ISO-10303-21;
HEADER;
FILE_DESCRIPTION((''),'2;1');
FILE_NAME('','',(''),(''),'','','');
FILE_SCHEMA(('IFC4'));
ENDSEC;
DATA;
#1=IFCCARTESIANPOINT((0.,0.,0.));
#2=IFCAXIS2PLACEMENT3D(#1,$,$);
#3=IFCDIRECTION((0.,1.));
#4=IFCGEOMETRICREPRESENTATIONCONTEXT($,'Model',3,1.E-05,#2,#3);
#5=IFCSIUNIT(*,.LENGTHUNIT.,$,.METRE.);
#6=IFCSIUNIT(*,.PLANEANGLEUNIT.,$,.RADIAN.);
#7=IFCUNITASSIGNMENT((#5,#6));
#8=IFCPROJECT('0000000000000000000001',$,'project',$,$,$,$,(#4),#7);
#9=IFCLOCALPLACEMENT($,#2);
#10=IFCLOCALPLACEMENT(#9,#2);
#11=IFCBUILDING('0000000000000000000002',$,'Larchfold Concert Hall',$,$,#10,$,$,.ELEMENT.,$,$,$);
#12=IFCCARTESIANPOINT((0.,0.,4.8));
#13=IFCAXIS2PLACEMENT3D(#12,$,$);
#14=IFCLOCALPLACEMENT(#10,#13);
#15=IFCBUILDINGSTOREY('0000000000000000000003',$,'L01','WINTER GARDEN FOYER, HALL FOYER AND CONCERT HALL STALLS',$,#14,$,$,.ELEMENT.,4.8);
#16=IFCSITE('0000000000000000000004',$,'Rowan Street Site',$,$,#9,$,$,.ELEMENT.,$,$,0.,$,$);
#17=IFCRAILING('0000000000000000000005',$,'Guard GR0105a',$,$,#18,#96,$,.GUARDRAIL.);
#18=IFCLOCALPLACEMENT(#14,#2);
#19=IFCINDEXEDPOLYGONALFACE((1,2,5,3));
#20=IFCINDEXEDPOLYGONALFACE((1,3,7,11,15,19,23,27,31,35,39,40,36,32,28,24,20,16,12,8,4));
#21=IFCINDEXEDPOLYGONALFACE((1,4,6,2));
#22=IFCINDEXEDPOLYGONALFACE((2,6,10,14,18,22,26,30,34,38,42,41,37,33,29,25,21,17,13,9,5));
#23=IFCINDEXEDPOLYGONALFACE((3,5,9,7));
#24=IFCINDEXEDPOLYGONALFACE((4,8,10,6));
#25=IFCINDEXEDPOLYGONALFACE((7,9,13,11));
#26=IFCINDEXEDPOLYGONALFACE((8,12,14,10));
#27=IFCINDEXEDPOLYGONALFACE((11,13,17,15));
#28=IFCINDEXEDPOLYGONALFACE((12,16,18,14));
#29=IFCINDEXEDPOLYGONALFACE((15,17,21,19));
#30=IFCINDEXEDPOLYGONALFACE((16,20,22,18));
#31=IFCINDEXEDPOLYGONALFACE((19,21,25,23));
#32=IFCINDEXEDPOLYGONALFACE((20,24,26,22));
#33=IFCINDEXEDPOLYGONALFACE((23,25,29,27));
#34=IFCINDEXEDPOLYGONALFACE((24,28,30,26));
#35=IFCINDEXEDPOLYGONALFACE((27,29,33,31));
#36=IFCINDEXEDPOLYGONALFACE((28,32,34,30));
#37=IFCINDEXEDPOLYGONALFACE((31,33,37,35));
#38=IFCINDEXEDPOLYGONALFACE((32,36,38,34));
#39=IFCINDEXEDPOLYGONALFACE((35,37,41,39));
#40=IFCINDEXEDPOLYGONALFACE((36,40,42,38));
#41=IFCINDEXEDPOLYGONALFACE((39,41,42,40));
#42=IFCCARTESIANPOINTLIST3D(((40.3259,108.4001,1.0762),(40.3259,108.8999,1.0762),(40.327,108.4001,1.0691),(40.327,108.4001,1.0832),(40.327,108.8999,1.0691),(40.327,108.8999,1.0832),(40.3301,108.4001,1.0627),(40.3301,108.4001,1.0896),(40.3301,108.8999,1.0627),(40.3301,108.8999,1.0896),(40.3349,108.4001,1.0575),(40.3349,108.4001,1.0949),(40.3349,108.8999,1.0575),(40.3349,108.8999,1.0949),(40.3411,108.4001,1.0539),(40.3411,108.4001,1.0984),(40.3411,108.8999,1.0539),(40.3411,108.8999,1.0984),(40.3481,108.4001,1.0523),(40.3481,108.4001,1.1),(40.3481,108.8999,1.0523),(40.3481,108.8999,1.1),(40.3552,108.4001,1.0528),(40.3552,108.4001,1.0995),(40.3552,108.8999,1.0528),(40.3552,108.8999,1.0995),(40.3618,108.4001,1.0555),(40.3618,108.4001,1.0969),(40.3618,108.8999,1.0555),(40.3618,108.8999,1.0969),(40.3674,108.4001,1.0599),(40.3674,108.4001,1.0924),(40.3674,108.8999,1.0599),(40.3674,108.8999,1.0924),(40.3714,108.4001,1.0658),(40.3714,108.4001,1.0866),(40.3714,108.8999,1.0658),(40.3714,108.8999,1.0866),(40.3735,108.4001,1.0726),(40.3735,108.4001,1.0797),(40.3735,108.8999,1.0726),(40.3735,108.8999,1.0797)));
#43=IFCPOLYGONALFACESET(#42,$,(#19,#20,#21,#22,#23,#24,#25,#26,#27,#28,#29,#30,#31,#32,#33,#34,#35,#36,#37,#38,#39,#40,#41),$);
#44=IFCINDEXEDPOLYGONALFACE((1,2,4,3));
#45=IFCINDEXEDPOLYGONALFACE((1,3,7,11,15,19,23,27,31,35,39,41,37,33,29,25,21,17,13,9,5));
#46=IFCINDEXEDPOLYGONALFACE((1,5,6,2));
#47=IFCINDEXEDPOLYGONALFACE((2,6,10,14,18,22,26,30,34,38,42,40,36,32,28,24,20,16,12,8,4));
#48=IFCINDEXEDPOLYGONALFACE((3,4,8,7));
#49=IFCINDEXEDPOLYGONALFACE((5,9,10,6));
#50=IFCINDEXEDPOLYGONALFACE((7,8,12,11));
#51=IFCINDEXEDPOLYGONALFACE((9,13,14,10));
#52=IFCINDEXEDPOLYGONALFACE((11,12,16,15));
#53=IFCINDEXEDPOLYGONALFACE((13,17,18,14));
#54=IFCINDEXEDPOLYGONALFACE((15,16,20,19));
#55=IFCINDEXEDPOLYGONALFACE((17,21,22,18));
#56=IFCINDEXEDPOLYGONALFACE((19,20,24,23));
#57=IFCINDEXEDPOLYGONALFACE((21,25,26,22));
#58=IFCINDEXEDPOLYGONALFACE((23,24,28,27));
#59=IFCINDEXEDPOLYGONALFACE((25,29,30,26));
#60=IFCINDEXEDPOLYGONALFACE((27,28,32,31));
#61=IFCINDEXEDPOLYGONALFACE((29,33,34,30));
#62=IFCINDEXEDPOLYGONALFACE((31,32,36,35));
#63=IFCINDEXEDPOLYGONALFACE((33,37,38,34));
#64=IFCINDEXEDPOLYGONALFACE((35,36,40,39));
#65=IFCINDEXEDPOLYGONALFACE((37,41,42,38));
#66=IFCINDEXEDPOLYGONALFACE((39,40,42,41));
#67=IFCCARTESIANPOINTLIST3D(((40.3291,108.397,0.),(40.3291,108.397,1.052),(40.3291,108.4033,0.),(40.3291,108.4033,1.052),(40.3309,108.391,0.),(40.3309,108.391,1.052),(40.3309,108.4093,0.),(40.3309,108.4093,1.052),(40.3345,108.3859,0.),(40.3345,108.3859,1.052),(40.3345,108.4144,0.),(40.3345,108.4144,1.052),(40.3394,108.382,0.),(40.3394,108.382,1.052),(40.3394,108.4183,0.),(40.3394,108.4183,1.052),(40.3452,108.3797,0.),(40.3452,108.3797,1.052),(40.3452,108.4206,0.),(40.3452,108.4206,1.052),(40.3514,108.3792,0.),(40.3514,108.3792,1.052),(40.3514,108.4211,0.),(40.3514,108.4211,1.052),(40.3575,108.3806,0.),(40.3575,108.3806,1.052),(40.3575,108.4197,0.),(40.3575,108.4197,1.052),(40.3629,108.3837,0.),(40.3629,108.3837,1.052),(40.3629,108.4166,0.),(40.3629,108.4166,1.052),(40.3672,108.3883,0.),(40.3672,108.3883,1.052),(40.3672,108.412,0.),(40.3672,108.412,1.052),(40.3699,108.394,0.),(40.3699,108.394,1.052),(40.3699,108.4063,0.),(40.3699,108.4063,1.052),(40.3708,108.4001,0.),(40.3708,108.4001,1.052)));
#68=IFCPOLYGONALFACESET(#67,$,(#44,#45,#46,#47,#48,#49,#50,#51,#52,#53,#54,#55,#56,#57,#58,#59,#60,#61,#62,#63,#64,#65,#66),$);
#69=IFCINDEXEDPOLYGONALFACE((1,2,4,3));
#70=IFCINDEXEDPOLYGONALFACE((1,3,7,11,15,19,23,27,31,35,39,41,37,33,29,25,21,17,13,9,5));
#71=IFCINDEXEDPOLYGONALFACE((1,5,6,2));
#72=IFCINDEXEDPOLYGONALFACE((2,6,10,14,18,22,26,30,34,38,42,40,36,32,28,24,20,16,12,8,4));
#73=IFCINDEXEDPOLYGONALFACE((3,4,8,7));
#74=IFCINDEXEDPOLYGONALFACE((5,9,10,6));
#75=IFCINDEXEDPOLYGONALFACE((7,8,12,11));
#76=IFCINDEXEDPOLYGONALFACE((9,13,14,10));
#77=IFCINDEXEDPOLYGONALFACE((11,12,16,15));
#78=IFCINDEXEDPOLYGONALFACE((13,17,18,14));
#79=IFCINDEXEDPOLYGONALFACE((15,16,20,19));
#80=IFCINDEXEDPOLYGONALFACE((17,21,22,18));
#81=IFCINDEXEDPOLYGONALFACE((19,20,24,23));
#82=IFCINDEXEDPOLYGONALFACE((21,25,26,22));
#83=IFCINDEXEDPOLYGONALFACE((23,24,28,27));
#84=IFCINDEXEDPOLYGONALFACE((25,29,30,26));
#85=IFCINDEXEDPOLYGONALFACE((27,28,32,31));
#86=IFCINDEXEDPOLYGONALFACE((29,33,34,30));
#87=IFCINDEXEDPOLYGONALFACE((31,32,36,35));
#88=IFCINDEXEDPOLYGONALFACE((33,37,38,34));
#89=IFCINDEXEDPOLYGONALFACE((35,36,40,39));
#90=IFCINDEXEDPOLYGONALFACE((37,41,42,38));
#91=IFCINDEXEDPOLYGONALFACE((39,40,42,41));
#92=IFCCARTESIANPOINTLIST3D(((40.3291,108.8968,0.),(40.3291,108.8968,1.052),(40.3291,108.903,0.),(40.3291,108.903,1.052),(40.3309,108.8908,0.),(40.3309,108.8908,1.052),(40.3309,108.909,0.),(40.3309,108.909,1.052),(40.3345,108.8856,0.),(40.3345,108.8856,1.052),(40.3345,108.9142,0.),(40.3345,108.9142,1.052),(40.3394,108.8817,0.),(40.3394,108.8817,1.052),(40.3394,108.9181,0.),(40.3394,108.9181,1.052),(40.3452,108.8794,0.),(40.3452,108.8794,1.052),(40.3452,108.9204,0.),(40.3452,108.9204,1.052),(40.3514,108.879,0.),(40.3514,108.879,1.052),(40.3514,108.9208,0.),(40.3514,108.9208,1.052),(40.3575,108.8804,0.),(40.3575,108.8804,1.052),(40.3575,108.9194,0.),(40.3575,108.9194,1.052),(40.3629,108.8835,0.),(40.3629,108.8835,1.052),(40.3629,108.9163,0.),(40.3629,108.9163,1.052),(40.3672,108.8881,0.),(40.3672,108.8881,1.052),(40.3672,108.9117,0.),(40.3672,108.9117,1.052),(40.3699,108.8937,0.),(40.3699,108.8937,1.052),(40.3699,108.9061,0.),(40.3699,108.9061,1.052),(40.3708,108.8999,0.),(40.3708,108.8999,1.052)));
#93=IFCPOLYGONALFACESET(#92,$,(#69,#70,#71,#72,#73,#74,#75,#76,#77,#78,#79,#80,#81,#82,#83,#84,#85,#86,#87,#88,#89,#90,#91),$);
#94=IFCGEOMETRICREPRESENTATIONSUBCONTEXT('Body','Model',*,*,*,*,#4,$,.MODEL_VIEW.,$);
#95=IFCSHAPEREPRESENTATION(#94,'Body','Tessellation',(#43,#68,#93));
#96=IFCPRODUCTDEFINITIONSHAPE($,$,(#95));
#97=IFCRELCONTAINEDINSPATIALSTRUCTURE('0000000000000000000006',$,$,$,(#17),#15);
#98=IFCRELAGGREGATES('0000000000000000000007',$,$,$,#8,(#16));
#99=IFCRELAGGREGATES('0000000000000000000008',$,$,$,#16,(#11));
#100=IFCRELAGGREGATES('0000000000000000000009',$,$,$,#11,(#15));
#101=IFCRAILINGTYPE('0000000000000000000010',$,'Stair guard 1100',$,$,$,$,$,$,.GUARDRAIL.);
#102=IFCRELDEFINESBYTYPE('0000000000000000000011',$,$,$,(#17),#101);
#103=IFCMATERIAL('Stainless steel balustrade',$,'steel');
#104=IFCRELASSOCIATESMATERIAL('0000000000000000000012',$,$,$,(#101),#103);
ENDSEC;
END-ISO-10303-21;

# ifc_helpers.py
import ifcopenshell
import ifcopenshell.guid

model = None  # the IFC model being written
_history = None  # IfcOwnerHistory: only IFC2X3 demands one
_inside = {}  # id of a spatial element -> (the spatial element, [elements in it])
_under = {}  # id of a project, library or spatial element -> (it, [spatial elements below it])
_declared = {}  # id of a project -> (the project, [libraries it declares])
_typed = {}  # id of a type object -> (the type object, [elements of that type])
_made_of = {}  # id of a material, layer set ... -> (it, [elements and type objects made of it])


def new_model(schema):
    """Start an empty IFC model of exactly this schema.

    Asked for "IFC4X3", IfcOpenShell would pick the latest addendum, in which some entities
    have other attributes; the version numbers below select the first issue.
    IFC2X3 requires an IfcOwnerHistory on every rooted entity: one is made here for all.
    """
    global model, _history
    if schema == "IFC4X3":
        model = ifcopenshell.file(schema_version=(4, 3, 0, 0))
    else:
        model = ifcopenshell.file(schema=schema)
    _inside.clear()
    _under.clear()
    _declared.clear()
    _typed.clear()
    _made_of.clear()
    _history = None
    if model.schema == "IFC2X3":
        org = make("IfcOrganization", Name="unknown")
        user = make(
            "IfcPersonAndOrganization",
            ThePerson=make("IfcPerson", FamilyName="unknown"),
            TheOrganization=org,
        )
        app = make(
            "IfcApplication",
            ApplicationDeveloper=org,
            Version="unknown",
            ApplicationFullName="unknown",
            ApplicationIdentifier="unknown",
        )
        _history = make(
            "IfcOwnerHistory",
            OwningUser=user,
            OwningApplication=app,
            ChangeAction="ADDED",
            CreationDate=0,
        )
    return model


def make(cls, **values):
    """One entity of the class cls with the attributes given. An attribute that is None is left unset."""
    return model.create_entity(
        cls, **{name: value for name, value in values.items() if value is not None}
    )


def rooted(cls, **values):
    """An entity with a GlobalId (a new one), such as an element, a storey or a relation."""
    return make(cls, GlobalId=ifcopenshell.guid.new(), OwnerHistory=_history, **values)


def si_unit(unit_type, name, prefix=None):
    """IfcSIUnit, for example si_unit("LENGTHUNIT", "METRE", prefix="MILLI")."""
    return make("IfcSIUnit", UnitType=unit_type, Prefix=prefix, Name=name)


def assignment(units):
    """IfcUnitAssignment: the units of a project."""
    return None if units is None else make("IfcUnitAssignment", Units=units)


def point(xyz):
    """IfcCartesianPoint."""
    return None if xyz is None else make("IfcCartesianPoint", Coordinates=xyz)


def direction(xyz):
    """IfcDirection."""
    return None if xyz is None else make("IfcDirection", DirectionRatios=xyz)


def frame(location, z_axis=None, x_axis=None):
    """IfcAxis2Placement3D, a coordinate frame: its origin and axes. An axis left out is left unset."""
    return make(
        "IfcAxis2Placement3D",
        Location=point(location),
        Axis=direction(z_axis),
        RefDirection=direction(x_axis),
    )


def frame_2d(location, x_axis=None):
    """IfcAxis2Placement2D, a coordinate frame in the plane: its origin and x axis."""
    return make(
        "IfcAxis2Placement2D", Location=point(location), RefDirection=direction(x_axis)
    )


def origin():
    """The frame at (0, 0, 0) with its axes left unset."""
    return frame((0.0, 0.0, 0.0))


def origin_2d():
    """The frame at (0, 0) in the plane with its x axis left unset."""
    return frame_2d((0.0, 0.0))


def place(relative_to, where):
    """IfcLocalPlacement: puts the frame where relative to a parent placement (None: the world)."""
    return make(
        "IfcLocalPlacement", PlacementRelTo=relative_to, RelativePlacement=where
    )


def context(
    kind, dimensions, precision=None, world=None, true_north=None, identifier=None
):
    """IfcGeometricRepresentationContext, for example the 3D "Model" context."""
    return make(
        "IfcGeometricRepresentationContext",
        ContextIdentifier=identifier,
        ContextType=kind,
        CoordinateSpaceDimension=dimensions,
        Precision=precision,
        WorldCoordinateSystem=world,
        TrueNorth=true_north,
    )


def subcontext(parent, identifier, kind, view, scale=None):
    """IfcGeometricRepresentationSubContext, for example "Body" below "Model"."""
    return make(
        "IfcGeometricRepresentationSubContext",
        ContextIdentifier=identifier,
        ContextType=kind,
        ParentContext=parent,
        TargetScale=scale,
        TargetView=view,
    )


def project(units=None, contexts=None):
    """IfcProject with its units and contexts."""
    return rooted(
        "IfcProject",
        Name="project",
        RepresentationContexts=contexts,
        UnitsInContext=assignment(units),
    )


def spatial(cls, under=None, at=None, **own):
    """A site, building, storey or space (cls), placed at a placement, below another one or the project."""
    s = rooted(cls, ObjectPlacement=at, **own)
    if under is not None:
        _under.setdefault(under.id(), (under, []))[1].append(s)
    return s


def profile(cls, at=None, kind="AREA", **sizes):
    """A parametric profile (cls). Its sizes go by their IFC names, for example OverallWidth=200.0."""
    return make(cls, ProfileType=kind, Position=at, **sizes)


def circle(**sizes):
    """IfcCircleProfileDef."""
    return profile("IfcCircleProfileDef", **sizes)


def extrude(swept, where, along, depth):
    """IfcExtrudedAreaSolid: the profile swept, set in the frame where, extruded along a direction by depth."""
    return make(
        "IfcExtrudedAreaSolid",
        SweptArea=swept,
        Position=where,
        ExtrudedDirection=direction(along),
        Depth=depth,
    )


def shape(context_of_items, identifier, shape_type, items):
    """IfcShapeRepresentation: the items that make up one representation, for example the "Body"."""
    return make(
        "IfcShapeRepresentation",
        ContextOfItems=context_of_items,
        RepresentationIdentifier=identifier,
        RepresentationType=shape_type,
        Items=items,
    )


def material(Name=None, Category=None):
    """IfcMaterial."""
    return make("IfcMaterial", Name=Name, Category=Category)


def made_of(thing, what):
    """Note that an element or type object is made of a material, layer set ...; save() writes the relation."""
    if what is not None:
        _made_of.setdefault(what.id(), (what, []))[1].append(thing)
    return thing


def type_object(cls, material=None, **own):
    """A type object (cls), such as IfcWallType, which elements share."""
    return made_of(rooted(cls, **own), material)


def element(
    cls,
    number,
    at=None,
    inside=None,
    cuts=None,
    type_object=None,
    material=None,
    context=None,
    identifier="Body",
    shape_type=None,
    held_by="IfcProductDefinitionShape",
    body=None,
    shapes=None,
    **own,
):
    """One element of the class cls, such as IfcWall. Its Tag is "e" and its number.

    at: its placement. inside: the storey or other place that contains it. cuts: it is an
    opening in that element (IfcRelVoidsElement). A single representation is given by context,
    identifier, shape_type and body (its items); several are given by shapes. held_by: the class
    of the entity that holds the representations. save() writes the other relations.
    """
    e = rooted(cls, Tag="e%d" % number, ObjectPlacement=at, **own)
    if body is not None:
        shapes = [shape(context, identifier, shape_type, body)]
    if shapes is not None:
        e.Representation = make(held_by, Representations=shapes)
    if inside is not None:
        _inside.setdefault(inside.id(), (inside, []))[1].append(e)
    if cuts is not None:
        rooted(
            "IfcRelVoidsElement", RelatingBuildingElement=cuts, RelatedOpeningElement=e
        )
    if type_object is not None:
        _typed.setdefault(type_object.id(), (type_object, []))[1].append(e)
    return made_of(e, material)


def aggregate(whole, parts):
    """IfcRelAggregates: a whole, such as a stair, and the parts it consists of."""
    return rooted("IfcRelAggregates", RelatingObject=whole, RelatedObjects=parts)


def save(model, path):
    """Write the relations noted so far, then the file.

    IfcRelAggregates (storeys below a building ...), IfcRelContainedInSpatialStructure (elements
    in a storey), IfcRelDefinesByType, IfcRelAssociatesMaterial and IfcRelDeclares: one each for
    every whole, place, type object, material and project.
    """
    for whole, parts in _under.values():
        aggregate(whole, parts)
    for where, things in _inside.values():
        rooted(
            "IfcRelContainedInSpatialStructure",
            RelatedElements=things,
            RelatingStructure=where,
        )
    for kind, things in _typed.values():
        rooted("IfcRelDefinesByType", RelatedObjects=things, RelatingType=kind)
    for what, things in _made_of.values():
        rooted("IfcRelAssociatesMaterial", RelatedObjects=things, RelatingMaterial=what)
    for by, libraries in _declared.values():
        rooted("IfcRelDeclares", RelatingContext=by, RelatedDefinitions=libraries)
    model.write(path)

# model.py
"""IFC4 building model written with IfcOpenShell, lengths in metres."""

from ifc_helpers import new_model, si_unit, direction, frame, origin, origin_2d, place, context, subcontext, project, spatial, circle, extrude, material, type_object, element, save


model = new_model("IFC4")

# Units and contexts
model_context = context("Model", 3, precision=1e-05, world=origin(), true_north=direction((0.0, 1.0)))
body_context = subcontext(model_context, "Body", "Model", "MODEL_VIEW")
ifc_project = project(units=[si_unit("LENGTHUNIT", "METRE"), si_unit("PLANEANGLEUNIT", "RADIAN")], contexts=[model_context])

# Site, building, storey
site_placement = place(None, origin())
site = spatial("IfcSite", under=ifc_project, at=site_placement, Name="Rowan Street Site", CompositionType="ELEMENT", RefElevation=0.0)
building_placement = place(site_placement, origin())
building = spatial("IfcBuilding", under=site, at=building_placement, Name="Larchfold Concert Hall", CompositionType="ELEMENT")
storey_placement = place(building_placement, frame((0.0, 0.0, 4.8)))
storey = spatial("IfcBuildingStorey", under=building, at=storey_placement, Name="L01", Description="WINTER GARDEN FOYER, HALL FOYER AND CONCERT HALL STALLS", CompositionType="ELEMENT", Elevation=4.8)

# Railing
ifc_material_1 = material(Name="Stainless steel balustrade", Category="steel")
railing_type_1 = type_object("IfcRailingType", Name="Stair guard 1100", PredefinedType="GUARDRAIL", material=ifc_material_1)
railing_1_placement = place(storey_placement, frame((40.3499, 108.4001, 0.0)))
element("IfcRailing", 1, at=railing_1_placement, inside=storey, type_object=railing_type_1, Name="Guard GR0105a", PredefinedType="GUARDRAIL", context=body_context, shape_type="SweptSolid", body=[
    extrude(circle(Radius=0.0239, at=origin_2d()), frame((0.0, 0.0, 1.0762), z_axis=(0.0, 1.0, 0.0), x_axis=(-1.0, 0.0, 0.0)), (0.0, 0.0, 1.0), 0.4998),
    extrude(circle(Radius=0.021, at=origin_2d()), origin(), (0.0, 0.0, 1.0), 1.052),
    extrude(circle(Radius=0.021, at=origin_2d()), frame((0.0, 0.4998, 0.0)), (0.0, 0.0, 1.0), 1.052),
])

save(model, "model.ifc")
